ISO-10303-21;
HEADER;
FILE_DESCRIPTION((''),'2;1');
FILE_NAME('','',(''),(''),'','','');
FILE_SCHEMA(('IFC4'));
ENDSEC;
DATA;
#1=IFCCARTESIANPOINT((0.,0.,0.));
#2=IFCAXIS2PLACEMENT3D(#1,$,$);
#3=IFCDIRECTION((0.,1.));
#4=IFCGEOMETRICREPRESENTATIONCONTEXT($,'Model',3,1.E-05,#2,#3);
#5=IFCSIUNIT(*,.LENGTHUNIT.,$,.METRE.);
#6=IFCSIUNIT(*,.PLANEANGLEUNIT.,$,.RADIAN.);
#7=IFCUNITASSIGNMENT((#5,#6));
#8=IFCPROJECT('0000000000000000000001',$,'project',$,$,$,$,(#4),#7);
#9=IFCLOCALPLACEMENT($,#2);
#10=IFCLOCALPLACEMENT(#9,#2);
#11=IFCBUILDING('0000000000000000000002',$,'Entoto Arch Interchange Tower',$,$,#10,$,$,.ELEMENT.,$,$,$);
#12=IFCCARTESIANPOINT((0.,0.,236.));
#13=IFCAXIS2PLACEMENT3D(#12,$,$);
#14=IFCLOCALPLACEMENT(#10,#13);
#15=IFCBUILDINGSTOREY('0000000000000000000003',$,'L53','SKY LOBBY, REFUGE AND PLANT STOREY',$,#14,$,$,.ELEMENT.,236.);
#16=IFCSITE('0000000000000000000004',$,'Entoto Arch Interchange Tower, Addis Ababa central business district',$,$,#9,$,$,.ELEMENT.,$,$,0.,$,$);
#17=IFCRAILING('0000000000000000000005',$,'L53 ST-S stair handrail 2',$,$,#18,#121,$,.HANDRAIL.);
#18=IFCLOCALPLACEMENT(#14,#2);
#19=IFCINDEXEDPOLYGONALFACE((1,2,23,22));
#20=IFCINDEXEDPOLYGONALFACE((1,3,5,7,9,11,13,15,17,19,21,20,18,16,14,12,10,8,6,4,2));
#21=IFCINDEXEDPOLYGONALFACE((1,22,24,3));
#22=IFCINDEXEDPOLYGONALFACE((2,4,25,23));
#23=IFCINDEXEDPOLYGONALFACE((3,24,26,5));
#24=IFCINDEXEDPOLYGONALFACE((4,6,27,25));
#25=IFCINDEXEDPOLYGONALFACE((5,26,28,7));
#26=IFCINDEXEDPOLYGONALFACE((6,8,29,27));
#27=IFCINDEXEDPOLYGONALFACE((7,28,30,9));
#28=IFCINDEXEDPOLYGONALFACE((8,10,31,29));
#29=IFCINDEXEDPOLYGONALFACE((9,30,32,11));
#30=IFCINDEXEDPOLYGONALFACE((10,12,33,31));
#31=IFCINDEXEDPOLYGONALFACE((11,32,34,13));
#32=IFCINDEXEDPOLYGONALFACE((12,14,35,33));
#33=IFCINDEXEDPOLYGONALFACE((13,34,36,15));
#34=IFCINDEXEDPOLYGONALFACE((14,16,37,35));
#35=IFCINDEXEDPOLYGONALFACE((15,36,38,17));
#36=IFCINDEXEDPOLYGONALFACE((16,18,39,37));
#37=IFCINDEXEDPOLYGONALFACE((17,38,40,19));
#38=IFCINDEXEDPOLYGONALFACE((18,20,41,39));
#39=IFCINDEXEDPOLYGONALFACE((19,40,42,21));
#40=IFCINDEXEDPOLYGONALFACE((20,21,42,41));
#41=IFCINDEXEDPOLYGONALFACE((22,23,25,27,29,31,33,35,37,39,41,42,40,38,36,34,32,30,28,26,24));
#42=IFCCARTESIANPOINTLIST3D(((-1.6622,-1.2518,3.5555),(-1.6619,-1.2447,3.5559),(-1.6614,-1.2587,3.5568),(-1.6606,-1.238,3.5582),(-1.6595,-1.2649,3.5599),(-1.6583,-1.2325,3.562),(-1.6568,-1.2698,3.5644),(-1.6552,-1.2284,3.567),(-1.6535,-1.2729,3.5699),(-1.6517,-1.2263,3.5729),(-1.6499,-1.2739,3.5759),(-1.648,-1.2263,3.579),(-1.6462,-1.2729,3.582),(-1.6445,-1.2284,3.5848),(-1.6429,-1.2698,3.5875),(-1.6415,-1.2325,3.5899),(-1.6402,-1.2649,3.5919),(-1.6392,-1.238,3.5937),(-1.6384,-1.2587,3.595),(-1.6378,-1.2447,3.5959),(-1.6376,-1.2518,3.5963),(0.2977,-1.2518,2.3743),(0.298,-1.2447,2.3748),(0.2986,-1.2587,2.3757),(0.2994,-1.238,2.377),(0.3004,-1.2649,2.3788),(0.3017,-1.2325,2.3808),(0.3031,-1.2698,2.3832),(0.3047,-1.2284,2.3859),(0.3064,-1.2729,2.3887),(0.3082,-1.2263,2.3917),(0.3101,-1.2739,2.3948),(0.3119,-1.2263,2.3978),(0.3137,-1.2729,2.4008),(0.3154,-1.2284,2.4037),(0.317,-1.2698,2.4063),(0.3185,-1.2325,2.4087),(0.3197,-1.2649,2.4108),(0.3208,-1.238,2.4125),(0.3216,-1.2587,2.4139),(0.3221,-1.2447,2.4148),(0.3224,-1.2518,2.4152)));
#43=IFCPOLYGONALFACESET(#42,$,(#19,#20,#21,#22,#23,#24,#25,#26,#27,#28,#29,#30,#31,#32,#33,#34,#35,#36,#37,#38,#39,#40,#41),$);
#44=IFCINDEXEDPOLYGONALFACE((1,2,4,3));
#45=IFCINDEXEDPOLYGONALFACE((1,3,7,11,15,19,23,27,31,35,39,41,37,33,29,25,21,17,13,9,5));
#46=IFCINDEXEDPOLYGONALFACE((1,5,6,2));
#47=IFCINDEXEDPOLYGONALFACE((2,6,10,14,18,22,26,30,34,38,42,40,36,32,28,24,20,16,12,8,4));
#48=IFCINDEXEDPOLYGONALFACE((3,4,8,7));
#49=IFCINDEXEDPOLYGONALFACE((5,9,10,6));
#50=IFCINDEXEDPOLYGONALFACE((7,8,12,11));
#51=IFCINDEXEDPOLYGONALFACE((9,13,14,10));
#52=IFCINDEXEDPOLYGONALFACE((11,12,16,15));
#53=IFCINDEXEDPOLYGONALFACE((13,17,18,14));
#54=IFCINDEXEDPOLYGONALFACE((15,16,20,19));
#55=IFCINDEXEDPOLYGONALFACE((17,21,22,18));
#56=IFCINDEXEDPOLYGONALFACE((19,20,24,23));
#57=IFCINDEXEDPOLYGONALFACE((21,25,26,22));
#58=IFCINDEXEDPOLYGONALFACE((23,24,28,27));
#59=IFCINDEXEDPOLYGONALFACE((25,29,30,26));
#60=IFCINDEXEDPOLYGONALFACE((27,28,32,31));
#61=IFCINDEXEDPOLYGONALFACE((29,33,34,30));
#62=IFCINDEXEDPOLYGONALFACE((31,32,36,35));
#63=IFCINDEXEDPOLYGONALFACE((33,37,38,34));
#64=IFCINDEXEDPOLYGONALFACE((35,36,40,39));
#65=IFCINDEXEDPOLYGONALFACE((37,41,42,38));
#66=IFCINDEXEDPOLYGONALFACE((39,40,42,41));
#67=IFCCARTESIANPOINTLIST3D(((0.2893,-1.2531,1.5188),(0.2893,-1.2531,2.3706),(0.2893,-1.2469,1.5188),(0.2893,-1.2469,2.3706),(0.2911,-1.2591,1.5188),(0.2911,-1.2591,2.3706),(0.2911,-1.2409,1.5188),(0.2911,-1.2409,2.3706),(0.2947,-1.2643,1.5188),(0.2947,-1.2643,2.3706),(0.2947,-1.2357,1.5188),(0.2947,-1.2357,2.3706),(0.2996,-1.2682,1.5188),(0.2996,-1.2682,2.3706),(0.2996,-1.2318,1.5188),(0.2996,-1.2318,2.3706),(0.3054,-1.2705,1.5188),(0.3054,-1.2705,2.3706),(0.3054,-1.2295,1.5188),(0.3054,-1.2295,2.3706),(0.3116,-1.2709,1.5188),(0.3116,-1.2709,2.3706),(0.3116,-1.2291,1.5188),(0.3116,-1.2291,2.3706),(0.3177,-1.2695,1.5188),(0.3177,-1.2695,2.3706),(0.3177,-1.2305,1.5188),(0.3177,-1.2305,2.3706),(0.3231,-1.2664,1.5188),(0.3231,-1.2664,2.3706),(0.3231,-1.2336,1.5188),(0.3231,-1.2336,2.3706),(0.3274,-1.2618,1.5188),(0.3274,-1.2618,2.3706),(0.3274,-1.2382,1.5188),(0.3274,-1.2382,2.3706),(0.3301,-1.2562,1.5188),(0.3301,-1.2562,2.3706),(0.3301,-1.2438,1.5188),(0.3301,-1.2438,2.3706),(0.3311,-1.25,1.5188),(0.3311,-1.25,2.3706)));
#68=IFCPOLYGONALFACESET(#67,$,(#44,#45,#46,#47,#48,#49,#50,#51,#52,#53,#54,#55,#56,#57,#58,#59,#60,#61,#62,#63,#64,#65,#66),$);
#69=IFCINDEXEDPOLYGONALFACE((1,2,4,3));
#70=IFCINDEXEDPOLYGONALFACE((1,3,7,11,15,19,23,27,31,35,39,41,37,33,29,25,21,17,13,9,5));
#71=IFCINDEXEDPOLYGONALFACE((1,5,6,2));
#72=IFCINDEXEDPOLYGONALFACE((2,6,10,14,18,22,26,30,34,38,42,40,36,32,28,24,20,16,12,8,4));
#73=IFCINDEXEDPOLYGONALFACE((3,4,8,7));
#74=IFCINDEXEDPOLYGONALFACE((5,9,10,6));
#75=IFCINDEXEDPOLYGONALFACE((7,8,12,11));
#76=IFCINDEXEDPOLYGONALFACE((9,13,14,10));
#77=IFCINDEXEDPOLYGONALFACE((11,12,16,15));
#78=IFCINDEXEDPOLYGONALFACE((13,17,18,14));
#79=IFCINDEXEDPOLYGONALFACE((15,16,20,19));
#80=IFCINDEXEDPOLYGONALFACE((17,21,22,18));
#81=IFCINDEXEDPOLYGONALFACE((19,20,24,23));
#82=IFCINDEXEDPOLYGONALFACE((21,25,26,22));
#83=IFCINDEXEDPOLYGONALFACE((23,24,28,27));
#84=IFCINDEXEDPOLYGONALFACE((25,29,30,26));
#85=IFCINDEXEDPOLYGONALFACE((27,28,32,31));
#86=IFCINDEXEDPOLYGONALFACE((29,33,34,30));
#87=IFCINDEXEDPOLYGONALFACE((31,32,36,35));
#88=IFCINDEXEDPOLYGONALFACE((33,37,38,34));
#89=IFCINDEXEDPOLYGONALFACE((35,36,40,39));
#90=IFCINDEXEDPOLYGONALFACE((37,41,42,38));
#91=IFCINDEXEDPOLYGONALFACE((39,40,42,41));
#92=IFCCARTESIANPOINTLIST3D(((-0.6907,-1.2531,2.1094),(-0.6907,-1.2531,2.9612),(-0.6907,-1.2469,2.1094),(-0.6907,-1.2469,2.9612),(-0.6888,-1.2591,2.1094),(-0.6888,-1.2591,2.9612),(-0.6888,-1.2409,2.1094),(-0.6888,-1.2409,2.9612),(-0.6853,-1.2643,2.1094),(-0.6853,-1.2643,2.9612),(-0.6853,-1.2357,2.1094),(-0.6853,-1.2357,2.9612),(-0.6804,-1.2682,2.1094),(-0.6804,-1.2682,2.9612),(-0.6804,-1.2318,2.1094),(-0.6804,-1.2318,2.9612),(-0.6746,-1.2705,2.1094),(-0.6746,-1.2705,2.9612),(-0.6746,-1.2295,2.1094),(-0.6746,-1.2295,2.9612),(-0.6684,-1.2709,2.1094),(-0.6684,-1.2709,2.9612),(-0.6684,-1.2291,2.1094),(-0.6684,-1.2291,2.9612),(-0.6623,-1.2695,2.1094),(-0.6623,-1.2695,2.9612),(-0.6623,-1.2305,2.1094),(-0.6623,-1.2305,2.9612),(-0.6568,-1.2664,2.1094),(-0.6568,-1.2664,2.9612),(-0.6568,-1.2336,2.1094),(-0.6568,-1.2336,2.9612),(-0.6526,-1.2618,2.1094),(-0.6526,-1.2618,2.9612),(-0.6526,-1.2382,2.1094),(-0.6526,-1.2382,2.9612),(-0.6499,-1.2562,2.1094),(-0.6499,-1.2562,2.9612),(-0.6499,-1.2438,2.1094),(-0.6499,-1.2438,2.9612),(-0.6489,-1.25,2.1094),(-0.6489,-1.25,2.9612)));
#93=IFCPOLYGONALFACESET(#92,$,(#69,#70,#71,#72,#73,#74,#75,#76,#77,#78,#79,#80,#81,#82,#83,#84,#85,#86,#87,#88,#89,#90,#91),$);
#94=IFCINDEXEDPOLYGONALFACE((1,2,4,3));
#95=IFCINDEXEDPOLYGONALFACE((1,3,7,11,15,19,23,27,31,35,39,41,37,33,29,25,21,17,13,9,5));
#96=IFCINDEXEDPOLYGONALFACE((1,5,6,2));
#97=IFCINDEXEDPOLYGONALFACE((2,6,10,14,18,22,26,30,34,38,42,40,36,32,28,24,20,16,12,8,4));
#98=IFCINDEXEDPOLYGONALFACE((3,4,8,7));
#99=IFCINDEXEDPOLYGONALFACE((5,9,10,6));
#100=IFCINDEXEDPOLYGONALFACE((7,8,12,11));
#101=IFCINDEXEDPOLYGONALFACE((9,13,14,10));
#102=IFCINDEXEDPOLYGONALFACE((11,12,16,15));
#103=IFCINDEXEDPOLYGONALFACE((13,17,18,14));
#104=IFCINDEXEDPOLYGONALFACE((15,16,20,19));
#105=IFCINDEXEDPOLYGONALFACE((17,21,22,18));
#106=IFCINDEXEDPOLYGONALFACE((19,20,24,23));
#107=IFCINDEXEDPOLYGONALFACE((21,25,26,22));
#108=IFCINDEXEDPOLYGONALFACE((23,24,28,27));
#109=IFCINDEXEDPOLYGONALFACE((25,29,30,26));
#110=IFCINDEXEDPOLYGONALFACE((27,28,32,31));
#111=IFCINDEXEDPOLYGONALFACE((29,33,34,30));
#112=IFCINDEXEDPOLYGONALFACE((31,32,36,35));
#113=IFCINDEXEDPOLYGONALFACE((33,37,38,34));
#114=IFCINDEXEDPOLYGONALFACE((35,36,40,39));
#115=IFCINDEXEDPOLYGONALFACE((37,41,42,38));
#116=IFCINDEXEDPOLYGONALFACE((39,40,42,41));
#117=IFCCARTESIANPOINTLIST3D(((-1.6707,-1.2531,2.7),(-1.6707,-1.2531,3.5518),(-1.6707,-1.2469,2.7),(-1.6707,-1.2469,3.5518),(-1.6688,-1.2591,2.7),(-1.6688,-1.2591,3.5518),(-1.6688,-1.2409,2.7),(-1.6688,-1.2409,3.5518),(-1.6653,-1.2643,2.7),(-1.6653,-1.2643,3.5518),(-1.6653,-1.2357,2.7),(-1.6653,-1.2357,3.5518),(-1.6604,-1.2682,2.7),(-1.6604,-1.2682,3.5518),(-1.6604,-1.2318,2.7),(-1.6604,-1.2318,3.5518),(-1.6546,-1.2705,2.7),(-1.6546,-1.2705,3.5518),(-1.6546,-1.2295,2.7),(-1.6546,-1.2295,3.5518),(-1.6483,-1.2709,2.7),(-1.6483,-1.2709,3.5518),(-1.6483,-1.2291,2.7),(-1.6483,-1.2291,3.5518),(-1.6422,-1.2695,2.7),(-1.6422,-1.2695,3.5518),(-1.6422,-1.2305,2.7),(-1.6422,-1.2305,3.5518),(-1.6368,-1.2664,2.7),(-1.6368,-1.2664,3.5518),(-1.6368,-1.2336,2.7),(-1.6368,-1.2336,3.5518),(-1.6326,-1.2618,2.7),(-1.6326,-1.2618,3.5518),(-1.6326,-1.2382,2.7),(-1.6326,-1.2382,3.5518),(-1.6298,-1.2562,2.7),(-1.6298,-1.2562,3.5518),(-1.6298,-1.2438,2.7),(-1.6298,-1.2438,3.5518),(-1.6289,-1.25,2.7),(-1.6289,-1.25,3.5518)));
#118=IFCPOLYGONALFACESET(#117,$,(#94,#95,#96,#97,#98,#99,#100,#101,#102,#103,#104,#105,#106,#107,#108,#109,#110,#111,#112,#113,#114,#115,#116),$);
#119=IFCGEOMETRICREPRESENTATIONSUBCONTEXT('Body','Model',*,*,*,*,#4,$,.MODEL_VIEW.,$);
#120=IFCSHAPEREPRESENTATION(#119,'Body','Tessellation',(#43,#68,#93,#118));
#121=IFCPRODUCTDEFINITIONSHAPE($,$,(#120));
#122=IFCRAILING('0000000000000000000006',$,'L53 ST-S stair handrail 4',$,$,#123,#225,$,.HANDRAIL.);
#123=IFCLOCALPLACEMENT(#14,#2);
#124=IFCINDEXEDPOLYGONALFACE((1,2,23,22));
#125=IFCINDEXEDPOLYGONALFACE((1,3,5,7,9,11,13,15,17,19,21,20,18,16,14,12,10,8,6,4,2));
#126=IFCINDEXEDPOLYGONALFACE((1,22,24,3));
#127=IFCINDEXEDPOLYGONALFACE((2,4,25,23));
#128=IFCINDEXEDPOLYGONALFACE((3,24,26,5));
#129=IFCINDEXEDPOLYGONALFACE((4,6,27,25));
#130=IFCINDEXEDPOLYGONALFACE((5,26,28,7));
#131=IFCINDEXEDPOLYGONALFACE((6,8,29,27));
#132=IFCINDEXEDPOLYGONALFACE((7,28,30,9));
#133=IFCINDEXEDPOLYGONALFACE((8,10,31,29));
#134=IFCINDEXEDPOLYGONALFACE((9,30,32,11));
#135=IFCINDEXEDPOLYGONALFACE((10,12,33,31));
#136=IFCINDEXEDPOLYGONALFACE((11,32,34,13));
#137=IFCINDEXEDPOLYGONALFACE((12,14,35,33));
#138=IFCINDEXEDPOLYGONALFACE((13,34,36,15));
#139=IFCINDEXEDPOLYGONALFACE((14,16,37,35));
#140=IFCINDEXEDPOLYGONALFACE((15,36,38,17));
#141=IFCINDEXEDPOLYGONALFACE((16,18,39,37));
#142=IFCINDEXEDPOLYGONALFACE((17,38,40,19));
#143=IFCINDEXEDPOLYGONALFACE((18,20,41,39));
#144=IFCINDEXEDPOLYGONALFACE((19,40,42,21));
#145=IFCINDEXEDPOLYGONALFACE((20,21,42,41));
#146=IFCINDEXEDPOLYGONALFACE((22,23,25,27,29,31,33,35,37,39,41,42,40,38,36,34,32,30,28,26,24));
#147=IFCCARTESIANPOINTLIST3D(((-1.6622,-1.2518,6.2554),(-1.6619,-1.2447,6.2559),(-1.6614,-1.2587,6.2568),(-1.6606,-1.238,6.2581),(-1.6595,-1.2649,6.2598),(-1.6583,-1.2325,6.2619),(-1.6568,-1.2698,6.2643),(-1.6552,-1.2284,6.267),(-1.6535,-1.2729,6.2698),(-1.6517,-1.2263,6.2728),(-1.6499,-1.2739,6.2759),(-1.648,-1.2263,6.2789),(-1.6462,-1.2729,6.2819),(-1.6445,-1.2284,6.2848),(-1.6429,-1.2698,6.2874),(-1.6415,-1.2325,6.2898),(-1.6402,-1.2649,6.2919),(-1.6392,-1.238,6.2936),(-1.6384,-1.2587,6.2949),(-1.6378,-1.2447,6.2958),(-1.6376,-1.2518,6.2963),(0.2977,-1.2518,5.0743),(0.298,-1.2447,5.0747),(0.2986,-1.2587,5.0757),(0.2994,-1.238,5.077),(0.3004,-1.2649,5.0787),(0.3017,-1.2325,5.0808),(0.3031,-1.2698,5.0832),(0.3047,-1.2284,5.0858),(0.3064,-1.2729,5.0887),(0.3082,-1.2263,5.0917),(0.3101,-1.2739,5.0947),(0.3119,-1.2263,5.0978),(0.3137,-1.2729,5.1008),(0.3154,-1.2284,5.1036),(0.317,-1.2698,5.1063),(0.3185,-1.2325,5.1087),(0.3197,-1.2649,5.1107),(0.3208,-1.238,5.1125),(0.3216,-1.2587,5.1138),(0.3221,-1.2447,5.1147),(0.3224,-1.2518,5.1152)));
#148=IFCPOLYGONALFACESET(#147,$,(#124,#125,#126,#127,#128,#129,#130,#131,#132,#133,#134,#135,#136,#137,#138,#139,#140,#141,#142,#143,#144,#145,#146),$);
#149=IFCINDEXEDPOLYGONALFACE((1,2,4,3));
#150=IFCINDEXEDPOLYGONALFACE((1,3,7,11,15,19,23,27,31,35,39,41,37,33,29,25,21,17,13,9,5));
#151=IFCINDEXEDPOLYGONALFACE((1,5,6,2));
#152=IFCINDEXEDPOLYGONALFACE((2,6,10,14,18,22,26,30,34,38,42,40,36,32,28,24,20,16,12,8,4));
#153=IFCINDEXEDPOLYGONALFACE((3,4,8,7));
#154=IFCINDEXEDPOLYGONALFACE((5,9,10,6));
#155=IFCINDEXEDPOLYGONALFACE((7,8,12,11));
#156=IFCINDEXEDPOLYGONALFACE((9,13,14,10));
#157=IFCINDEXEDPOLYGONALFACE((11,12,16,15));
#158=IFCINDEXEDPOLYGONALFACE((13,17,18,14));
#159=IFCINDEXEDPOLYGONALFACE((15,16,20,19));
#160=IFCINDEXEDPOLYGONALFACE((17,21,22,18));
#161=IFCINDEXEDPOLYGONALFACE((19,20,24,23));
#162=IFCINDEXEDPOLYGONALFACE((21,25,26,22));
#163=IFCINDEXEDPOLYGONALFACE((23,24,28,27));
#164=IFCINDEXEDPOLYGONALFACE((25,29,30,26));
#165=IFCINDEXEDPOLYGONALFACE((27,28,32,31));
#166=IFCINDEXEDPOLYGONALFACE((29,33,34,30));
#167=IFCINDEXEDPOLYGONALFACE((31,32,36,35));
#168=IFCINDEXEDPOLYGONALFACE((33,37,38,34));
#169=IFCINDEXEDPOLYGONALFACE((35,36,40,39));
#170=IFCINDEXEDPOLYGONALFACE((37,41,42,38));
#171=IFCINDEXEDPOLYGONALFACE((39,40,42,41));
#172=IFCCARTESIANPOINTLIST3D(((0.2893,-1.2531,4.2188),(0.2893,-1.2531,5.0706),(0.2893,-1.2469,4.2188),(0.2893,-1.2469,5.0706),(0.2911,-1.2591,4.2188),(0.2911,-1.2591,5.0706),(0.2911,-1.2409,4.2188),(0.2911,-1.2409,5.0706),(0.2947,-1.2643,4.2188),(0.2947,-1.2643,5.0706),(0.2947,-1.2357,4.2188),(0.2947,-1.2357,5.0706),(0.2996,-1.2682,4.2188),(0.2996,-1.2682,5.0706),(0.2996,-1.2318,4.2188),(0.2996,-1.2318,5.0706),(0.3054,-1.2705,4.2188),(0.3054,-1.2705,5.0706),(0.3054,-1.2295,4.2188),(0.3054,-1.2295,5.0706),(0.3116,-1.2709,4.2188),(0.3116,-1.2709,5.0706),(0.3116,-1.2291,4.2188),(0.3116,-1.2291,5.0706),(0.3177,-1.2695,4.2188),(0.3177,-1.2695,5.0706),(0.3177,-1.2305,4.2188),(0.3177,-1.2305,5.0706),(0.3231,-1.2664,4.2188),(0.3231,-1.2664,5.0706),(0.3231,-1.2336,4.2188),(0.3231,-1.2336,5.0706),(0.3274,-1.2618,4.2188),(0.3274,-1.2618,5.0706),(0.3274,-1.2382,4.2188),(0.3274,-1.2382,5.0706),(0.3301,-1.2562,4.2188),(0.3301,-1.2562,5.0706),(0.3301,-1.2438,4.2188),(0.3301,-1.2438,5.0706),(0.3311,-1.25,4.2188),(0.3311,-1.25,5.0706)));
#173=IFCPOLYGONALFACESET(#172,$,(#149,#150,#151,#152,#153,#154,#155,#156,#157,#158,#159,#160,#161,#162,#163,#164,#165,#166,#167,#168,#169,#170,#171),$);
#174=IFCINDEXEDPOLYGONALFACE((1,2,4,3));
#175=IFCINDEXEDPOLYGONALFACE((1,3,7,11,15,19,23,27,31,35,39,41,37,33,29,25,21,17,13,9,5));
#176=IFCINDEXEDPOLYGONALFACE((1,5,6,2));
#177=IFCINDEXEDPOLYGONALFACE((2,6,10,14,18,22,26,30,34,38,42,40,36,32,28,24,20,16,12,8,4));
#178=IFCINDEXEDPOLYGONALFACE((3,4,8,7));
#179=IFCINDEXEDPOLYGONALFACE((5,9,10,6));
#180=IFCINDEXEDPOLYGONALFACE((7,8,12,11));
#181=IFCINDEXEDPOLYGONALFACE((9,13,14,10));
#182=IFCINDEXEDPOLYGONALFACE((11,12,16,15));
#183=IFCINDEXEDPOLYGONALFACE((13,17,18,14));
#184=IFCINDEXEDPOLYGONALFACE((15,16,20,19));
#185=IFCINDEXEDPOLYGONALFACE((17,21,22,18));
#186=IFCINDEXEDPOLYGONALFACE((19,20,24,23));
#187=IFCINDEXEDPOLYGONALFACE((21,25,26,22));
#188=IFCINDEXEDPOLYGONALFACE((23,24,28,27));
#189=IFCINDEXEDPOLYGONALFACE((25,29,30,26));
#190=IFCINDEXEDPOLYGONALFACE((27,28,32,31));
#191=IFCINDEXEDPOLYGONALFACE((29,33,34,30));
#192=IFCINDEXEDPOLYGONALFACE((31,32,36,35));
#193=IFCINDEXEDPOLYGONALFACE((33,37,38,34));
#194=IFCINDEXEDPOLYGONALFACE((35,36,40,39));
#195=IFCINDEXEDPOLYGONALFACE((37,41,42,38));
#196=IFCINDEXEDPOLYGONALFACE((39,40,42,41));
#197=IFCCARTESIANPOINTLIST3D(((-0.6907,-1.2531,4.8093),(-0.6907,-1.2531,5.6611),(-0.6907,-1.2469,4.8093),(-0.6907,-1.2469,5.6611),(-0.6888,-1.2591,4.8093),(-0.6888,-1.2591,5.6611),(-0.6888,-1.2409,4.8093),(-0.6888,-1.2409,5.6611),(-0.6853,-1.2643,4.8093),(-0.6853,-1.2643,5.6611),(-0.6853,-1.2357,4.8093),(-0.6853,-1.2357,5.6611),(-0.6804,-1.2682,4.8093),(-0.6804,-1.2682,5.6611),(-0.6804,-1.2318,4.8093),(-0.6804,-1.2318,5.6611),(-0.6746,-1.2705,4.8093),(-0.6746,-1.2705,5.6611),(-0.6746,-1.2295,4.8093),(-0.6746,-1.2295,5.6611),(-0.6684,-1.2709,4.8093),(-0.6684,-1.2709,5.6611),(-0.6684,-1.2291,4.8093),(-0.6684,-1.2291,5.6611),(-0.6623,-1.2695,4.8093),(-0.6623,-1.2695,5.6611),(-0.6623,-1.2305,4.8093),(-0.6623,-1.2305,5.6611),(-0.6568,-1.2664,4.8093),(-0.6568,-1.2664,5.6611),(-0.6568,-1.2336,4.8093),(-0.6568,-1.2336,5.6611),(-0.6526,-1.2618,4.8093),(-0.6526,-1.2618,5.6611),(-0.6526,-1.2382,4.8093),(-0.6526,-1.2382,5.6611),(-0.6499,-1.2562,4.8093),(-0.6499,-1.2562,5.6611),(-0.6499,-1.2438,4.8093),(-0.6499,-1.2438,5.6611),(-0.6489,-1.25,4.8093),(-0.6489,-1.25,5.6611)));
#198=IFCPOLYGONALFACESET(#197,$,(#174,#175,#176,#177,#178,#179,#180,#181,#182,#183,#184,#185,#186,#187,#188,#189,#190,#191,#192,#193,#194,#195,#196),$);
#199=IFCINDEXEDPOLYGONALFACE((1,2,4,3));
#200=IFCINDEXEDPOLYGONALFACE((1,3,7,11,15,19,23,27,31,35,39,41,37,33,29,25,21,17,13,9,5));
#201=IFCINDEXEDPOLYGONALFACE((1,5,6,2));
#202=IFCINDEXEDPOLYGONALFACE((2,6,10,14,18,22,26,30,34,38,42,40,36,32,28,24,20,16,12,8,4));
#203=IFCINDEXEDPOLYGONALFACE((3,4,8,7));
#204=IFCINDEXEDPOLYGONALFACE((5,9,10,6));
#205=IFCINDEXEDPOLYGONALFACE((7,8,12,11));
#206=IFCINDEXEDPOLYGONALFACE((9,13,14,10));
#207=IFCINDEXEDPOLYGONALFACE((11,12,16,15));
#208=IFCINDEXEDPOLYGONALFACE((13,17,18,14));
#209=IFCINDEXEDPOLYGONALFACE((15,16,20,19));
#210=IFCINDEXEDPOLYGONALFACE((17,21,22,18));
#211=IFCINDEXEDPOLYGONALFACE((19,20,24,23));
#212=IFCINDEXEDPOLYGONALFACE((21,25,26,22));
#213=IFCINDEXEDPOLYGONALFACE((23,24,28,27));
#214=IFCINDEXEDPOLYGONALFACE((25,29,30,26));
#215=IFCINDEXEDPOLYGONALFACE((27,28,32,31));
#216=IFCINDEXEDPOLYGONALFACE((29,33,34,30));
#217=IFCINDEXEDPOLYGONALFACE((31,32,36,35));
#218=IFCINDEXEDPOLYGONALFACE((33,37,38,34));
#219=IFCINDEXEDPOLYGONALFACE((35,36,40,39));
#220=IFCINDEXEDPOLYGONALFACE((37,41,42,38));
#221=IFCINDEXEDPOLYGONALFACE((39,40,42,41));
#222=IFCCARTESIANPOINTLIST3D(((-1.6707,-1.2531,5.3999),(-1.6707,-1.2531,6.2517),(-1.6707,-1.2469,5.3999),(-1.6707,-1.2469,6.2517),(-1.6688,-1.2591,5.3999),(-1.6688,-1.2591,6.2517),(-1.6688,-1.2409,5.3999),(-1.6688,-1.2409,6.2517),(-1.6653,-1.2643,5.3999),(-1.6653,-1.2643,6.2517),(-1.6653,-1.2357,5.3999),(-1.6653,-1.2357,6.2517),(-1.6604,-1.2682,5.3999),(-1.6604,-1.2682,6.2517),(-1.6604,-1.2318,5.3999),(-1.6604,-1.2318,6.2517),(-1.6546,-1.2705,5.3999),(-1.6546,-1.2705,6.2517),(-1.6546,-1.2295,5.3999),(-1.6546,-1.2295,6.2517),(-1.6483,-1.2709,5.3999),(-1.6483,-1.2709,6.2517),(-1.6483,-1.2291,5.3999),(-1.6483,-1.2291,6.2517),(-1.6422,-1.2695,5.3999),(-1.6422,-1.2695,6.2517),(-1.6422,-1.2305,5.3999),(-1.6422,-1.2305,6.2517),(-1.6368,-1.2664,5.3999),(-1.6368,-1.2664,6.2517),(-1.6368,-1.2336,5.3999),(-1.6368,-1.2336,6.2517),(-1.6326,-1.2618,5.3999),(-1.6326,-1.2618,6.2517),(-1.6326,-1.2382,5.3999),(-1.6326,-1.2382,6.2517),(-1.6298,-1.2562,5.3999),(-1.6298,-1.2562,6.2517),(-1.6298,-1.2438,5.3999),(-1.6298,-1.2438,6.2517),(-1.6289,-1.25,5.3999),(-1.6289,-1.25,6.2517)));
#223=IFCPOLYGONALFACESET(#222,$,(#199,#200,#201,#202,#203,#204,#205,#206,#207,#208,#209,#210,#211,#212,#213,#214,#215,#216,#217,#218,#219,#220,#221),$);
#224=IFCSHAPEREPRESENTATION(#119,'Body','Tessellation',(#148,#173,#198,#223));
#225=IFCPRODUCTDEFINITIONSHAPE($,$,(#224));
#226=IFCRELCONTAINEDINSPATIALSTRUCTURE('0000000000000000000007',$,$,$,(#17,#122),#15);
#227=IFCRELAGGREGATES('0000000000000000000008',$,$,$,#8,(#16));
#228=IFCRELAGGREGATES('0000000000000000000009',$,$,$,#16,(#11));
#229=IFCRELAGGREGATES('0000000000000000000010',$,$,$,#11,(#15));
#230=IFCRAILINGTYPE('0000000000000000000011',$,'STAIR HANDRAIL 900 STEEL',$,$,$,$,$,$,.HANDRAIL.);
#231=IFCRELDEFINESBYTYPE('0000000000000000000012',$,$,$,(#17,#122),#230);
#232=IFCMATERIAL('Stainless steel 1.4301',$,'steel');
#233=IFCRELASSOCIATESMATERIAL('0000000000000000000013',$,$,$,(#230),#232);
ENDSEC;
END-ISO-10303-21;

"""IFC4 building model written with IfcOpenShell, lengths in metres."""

from ifc_helpers import new_model, si_unit, direction, frame, origin, origin_2d, place, context, subcontext, project, spatial, circle, extrude, material, type_object, element, save


model = new_model("IFC4")

# Units and contexts
model_context = context("Model", 3, precision=1e-05, world=origin(), true_north=direction((0.0, 1.0)))
body_context = subcontext(model_context, "Body", "Model", "MODEL_VIEW")
ifc_project = project(units=[si_unit("LENGTHUNIT", "METRE"), si_unit("PLANEANGLEUNIT", "RADIAN")], contexts=[model_context])

# Site, building, storey
site_placement = place(None, origin())
site = spatial("IfcSite", under=ifc_project, at=site_placement, Name="Entoto Arch Interchange Tower, Addis Ababa central business district", CompositionType="ELEMENT", RefElevation=0.0)
building_placement = place(site_placement, origin())
building = spatial("IfcBuilding", under=site, at=building_placement, Name="Entoto Arch Interchange Tower", CompositionType="ELEMENT")
storey_placement = place(building_placement, frame((0.0, 0.0, 236.0)))
storey = spatial("IfcBuildingStorey", under=building, at=storey_placement, Name="L53", Description="SKY LOBBY, REFUGE AND PLANT STOREY", CompositionType="ELEMENT", Elevation=236.0)

# Railings
ifc_material_1 = material(Name="Stainless steel 1.4301", Category="steel")
railing_type = type_object("IfcRailingType", Name="STAIR HANDRAIL 900 STEEL", PredefinedType="HANDRAIL", material=ifc_material_1)
for number, where, name in (
    (1, (0.3101, -1.25, 1.5188), "L53 ST-S stair handrail 2"),
    (2, (0.3101, -1.25, 4.2188), "L53 ST-S stair handrail 4"),
):
    element("IfcRailing", number, at=place(storey_placement, frame(where)), inside=storey, type_object=railing_type, Name=name, PredefinedType="HANDRAIL", context=body_context, shape_type="SweptSolid", body=[
        extrude(circle(Radius=0.0239, at=origin_2d()), frame((0.0, 0.0, 0.876), z_axis=(-0.856493, 0.0, 0.516158), x_axis=(0.0, -1.0, 0.0)), (0.0, 0.0, 1.0), 2.2883),
        extrude(circle(Radius=0.021, at=origin_2d()), origin(), (0.0, 0.0, 1.0), 0.8518),
        extrude(circle(Radius=0.021, at=origin_2d()), frame((-0.98, 0.0, 0.5906)), (0.0, 0.0, 1.0), 0.8518),
        extrude(circle(Radius=0.021, at=origin_2d()), frame((-1.96, 0.0, 1.1812)), (0.0, 0.0, 1.0), 0.8518),
    ])

save(model, "model.ifc")
